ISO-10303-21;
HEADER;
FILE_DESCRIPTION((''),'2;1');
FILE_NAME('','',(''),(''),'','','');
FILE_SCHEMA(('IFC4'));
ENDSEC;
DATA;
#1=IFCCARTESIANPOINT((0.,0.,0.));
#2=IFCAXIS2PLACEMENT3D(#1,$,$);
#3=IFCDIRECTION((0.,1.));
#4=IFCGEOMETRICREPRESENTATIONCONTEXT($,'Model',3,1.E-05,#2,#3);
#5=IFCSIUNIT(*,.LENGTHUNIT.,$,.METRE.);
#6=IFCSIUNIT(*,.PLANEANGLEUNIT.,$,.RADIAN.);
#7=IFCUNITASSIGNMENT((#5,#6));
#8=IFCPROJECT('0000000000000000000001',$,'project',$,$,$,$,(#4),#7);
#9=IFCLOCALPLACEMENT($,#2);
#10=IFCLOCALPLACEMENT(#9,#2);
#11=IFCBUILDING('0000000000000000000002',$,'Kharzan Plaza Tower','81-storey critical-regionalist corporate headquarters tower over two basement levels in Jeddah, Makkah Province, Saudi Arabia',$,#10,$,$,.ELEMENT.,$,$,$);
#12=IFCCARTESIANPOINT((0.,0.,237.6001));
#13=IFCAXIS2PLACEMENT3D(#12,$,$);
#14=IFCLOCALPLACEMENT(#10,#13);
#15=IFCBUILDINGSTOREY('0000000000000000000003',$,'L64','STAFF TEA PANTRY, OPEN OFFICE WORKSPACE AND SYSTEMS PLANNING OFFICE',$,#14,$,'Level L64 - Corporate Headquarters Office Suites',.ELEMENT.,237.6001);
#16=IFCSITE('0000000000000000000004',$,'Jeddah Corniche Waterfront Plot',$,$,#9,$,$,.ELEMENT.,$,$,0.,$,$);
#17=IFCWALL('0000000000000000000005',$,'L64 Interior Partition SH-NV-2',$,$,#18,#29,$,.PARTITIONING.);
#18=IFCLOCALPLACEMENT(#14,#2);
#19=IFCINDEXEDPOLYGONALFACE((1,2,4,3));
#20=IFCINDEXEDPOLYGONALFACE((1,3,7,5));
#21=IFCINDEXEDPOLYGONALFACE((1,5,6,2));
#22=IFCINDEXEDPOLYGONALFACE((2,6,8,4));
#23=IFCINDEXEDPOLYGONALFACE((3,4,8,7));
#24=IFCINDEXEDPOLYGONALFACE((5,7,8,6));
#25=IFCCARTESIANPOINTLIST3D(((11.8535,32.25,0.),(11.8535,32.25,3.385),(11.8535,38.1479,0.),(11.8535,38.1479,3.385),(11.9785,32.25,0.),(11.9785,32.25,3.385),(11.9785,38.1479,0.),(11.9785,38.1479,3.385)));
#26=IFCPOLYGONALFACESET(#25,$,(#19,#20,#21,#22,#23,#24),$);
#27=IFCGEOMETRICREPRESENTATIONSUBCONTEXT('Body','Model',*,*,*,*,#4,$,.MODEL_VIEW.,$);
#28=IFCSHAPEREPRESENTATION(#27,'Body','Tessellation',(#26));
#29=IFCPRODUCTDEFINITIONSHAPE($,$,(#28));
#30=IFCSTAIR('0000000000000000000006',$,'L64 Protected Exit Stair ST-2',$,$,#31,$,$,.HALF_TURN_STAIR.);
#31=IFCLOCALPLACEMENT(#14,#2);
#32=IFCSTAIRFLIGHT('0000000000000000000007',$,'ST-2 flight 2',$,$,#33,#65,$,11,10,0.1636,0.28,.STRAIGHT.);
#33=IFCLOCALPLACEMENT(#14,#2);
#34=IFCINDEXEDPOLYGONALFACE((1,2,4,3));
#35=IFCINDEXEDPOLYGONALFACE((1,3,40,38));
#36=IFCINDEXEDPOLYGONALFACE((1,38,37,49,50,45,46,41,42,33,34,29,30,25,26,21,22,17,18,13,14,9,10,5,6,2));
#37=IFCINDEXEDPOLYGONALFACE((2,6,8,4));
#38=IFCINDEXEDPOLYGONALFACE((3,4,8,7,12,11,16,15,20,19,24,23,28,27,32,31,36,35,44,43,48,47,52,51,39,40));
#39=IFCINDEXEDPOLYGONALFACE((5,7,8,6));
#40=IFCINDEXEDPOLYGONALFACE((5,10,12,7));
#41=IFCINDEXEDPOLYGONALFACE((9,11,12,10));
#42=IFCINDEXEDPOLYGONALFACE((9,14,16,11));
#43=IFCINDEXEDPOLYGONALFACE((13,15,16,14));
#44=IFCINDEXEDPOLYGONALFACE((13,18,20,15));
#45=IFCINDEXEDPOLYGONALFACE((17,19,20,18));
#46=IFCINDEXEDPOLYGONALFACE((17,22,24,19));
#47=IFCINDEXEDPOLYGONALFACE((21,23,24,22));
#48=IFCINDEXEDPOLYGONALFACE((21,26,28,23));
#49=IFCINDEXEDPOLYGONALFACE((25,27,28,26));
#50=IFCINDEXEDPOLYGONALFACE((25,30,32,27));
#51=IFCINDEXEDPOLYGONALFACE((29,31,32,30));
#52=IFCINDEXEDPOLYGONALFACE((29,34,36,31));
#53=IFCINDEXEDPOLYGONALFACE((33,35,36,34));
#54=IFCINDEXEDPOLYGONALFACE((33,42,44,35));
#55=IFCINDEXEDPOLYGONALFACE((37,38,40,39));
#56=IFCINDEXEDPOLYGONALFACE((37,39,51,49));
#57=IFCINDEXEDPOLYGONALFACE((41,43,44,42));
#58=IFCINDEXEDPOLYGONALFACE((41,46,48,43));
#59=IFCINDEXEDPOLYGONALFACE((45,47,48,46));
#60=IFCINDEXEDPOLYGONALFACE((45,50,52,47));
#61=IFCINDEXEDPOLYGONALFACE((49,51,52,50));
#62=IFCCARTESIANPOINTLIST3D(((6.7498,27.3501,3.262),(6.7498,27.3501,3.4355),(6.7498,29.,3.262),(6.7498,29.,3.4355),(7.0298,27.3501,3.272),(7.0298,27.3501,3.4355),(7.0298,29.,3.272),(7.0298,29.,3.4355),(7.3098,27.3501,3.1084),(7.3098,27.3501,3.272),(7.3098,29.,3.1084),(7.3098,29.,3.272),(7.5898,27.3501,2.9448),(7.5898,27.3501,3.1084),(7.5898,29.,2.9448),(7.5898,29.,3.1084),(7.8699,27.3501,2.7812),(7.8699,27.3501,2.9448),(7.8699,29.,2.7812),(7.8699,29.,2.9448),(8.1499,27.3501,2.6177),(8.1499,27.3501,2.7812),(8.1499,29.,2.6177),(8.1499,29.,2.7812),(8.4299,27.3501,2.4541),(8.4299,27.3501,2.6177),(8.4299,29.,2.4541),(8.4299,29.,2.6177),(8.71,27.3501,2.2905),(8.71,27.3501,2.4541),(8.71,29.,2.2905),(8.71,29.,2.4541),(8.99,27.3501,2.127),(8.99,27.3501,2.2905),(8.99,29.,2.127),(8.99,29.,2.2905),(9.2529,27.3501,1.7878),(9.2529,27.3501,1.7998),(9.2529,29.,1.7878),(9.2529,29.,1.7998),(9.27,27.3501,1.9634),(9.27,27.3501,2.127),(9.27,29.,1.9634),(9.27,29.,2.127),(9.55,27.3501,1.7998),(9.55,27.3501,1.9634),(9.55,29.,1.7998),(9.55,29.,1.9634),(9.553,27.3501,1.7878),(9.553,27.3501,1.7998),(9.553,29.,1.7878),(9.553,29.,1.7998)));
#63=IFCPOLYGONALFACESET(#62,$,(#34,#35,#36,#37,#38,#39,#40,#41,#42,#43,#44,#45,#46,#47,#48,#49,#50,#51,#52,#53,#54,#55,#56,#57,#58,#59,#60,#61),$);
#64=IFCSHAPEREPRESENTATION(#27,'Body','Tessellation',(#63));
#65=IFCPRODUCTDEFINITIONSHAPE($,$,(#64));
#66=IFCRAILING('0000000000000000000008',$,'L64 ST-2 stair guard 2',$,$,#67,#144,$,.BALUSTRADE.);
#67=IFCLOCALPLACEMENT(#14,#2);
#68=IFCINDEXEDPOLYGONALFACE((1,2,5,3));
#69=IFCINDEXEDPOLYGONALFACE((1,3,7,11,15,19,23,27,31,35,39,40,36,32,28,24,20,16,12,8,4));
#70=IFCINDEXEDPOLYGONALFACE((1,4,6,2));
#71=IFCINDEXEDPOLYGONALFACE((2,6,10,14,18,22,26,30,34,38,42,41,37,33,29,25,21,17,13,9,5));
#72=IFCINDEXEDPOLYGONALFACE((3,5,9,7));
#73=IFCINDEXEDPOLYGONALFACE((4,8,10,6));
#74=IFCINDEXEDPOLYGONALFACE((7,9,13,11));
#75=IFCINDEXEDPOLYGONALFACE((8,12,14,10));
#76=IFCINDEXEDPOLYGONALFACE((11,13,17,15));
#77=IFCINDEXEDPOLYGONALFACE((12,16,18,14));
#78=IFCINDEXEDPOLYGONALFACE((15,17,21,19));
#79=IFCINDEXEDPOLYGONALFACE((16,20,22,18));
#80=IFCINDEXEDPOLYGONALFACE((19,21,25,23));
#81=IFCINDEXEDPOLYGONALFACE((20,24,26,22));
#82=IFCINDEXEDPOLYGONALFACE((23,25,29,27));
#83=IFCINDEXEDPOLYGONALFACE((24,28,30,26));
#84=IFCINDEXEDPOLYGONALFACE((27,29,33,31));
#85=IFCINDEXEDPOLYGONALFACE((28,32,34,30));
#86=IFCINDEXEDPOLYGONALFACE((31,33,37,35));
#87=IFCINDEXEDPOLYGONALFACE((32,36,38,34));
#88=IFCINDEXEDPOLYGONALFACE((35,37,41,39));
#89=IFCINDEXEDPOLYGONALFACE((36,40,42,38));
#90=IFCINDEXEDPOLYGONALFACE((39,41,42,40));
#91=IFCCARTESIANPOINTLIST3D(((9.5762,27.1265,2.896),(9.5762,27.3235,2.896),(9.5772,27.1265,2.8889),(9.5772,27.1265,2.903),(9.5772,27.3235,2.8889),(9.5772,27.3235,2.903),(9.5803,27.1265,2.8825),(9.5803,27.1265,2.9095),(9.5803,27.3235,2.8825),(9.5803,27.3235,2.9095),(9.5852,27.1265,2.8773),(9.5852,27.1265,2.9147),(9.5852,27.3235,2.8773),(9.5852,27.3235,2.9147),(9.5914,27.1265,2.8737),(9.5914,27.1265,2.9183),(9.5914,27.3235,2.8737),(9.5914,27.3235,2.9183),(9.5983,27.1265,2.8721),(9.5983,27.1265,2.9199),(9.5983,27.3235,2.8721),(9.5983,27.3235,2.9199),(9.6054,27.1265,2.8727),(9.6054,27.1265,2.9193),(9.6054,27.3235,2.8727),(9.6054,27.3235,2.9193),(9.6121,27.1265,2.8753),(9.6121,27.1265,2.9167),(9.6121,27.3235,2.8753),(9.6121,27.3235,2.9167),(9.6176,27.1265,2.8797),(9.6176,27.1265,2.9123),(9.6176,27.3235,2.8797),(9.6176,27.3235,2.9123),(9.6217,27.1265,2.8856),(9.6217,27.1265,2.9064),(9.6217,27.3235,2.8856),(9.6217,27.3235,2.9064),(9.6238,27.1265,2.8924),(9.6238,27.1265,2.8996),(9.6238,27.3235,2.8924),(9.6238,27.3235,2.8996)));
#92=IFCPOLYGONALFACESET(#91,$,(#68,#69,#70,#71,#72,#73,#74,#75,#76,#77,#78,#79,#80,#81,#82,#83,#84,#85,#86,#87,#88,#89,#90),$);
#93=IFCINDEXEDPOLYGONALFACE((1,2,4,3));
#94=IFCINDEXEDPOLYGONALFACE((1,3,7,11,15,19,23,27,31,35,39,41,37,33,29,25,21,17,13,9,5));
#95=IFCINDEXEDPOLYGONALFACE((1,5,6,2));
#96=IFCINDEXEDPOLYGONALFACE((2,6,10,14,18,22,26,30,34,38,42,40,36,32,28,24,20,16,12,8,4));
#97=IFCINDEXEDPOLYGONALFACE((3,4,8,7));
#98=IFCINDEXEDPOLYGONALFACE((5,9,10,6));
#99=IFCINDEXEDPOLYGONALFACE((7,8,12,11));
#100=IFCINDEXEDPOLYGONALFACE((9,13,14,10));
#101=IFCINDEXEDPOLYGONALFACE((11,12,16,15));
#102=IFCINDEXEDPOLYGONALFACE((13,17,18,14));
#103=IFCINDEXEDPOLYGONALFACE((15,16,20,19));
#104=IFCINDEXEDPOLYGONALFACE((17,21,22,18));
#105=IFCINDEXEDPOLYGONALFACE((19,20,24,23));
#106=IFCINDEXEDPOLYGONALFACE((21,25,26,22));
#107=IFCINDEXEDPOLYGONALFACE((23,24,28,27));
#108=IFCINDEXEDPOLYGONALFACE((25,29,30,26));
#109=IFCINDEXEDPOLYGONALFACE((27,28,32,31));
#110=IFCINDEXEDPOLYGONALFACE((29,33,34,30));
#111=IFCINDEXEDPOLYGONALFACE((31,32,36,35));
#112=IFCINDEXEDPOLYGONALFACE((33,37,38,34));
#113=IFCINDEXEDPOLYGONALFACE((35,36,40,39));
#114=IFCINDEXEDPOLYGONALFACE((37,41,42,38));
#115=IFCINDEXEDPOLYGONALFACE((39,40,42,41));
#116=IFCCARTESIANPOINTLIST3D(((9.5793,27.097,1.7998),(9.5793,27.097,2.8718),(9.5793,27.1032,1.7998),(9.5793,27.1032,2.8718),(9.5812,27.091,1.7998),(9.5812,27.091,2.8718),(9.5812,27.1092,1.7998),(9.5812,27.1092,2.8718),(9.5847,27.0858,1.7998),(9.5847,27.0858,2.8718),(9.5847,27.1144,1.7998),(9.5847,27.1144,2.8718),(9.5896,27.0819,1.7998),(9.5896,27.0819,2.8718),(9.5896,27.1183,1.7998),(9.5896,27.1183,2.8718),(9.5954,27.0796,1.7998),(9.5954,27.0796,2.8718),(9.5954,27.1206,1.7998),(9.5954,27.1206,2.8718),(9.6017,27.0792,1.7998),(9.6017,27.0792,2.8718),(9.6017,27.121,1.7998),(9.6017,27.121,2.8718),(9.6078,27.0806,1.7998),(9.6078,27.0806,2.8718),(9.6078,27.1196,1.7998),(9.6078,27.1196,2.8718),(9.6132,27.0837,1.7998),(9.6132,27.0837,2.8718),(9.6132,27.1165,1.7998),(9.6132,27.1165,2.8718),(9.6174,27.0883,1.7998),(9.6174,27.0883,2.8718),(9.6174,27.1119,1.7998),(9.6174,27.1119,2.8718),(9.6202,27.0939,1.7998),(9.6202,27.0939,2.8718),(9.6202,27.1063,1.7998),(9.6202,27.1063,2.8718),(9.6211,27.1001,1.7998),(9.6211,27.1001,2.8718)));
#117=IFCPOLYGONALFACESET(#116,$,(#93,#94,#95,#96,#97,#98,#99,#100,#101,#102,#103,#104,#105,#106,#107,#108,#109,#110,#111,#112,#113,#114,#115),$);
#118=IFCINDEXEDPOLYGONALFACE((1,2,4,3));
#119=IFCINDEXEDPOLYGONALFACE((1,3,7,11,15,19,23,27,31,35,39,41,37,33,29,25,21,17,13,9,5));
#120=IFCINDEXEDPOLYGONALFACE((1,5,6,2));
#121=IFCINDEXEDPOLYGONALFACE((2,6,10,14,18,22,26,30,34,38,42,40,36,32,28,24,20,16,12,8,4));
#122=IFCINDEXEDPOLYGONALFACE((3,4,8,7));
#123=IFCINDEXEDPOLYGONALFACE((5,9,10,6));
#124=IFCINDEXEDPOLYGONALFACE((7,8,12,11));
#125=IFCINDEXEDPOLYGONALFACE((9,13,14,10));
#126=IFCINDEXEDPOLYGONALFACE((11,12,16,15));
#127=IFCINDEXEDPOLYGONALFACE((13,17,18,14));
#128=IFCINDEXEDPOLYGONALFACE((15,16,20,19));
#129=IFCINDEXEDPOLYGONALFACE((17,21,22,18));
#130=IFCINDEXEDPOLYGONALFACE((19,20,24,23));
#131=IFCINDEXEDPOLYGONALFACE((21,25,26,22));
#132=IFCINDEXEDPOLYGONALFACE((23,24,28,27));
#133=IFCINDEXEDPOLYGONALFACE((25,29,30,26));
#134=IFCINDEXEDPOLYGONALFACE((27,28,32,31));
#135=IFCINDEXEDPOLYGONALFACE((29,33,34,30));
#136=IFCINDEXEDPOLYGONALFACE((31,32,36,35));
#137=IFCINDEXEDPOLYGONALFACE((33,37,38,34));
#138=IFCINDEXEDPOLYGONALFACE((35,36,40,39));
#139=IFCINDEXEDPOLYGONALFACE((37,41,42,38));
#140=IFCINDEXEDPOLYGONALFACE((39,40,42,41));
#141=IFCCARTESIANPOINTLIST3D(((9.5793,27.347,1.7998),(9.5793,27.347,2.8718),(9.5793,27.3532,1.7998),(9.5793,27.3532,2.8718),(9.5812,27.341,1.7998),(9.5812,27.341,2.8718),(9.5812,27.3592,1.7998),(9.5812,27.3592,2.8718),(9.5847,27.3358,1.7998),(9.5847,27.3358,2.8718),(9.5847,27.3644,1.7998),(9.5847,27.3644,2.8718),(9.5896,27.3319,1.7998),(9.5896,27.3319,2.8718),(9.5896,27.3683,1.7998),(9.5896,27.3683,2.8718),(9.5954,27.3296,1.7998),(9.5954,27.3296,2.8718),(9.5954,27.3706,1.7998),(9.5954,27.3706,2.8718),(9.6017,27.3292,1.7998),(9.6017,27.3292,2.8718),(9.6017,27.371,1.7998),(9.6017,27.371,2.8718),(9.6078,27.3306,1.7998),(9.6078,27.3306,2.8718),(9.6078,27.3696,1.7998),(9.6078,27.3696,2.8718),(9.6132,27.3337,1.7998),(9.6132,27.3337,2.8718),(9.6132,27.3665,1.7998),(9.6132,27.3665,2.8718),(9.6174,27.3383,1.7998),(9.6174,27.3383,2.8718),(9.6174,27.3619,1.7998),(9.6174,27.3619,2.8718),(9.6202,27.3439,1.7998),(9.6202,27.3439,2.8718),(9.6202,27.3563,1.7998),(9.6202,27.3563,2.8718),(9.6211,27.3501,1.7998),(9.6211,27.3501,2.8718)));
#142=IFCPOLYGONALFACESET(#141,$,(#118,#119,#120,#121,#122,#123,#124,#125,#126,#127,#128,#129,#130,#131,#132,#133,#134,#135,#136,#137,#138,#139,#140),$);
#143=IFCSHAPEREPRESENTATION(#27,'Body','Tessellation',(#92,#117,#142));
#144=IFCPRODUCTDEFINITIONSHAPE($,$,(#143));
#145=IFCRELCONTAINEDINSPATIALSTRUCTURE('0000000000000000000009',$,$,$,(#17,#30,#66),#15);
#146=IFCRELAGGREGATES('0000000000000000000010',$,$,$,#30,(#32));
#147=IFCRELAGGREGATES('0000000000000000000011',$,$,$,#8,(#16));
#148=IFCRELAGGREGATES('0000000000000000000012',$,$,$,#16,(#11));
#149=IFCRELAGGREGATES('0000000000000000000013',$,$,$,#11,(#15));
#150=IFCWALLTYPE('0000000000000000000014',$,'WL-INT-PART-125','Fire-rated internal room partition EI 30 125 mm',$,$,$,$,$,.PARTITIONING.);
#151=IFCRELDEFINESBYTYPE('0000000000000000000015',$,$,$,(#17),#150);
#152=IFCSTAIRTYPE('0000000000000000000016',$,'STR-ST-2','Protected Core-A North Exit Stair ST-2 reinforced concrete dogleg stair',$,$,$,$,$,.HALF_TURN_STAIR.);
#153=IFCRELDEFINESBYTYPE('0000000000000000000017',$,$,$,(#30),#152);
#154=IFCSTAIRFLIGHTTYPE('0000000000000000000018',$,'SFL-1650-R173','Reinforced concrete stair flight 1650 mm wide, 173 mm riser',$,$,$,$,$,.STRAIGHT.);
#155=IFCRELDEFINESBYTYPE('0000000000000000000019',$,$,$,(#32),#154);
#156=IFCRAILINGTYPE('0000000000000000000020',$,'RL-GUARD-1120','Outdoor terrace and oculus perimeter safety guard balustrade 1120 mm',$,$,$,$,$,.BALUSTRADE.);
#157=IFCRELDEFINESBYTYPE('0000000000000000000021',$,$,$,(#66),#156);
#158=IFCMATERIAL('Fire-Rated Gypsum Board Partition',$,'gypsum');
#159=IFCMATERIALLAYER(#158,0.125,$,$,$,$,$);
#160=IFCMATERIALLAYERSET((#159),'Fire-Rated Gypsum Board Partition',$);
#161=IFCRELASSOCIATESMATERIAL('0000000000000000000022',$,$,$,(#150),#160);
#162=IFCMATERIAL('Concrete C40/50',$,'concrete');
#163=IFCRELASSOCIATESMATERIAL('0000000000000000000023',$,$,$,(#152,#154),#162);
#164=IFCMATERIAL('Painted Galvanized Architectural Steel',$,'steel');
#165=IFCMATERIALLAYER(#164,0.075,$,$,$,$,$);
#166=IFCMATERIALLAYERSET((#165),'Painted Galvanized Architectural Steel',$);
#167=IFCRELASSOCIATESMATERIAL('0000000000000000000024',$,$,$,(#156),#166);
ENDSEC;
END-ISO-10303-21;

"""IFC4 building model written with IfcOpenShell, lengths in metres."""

from ifc_helpers import new_model, si_unit, direction, frame, frame_2d, origin, origin_2d, place, context, subcontext, project, spatial, polyline, rectangle, circle, outline, extrude, source, transform, mapped, material, layer, layer_set, type_object, element, aggregate, save


model = new_model("IFC4")

# Units and contexts
model_context = context("Model", 3, precision=1e-05, world=origin(), true_north=direction((0.0, 1.0)))
body_context = subcontext(model_context, "Body", "Model", "MODEL_VIEW")
ifc_project = project(units=[si_unit("LENGTHUNIT", "METRE"), si_unit("PLANEANGLEUNIT", "RADIAN")], contexts=[model_context])

# Site, building, storey
site_placement = place(None, origin())
site = spatial("IfcSite", under=ifc_project, at=site_placement, Name="Jeddah Corniche Waterfront Plot", CompositionType="ELEMENT", RefElevation=0.0)
building_placement = place(site_placement, origin())
building = spatial("IfcBuilding", under=site, at=building_placement, Name="Kharzan Plaza Tower", Description="81-storey critical-regionalist corporate headquarters tower over two basement levels in Jeddah, Makkah Province, Saudi Arabia", CompositionType="ELEMENT")
storey_placement = place(building_placement, frame((0.0, 0.0, 237.6001)))
storey = spatial("IfcBuildingStorey", under=building, at=storey_placement, Name="L64", Description="STAFF TEA PANTRY, OPEN OFFICE WORKSPACE AND SYSTEMS PLANNING OFFICE", LongName="Level L64 - Corporate Headquarters Office Suites", CompositionType="ELEMENT", Elevation=237.6001)

# Shared definitions
ifc_material_1 = material(Name="Concrete C40/50", Category="concrete")

# Shared definitions
ifc_material_2 = material(Name="Fire-Rated Gypsum Board Partition", Category="gypsum")
ifc_layer_1 = layer(ifc_material_2, 0.125)
ifc_layer_set_1 = layer_set([ifc_layer_1], Name="Fire-Rated Gypsum Board Partition")
wall_type_1 = type_object("IfcWallType", Name="WL-INT-PART-125", Description="Fire-rated internal room partition EI 30 125 mm", PredefinedType="PARTITIONING", material=ifc_layer_set_1)

# Wall
shared_shape_1 = source(origin(), body_context, "Body", "SweptSolid", [
    extrude(rectangle(XDim=5.8979, YDim=0.125, at=frame_2d((2.949, 0.0))), origin(), (0.0, 0.0, 1.0), 3.385),
])
for number, where, z_axis, x_axis, name in (
    (1, (11.916, 32.25, 0.0), (0.0, 0.0, 1.0), (0.0, 1.0, 0.0), "L64 Interior Partition SH-NV-2"),
):
    element("IfcWall", number, at=place(storey_placement, frame(where, z_axis=z_axis, x_axis=x_axis)), inside=storey, type_object=wall_type_1, Name=name, PredefinedType="PARTITIONING", context=body_context, shape_type="MappedRepresentation", body=[
        mapped(shared_shape_1, transform((0.0, 0.0, 0.0), x_axis=(1.0, 0.0, 0.0), y_axis=(0.0, 1.0, 0.0), z_axis=(0.0, 0.0, 1.0))),
    ])

# Stair, stair flight
stair_type = type_object("IfcStairType", Name="STR-ST-2", Description="Protected Core-A North Exit Stair ST-2 reinforced concrete dogleg stair", PredefinedType="HALF_TURN_STAIR", material=ifc_material_1)
stair_placement = place(storey_placement, origin())
stair = element("IfcStair", 2, at=stair_placement, inside=storey, type_object=stair_type, Name="L64 Protected Exit Stair ST-2", PredefinedType="HALF_TURN_STAIR")
stair_flight_type = type_object("IfcStairFlightType", Name="SFL-1650-R173", Description="Reinforced concrete stair flight 1650 mm wide, 173 mm riser", PredefinedType="STRAIGHT", material=ifc_material_1)
shared_shape_2 = source(origin(), body_context, "Body", "SweptSolid", [
    extrude(outline(polyline([(-0.0029, -0.012), (-0.0029, 0.0), (0.0, 0.0), (0.0, 0.1636), (0.28, 0.1636), (0.28, 0.3271), (0.5601, 0.3271), (0.5601, 0.4907), (0.8401, 0.4907), (0.8401, 0.6543), (1.1201, 0.6543), (1.1201, 0.8179), (1.4001, 0.8179), (1.4001, 0.9814), (1.6802, 0.9814), (1.6802, 1.145), (1.9602, 1.145), (1.9602, 1.3086), (2.2402, 1.3086), (2.2402, 1.4722), (2.5203, 1.4722), (2.5203, 1.6357), (2.8003, 1.6357), (2.8003, 1.7993), (2.8003, 1.4622), (0.2971, 0.0), (0.2971, -0.012), (-0.0029, -0.012)])), frame((0.0, 0.825, 0.0), z_axis=(0.0, -1.0, 0.0), x_axis=(1.0, 0.0, 0.0)), (0.0, 0.0, 1.0), 1.6499),
])
stair_flight_placement = place(storey_placement, frame((9.55, 28.175, 1.7998), z_axis=(0.0, 0.0, 1.0), x_axis=(-1.0, 0.0, 0.0)))
stair_flight = element("IfcStairFlight", 3, at=stair_flight_placement, type_object=stair_flight_type, Name="ST-2 flight 2", NumberOfRisers=11, NumberOfTreads=10, PredefinedType="STRAIGHT", RiserHeight=0.1636, TreadLength=0.28, context=body_context, shape_type="MappedRepresentation", body=[
    mapped(shared_shape_2, transform((0.0, 0.0, 0.0), x_axis=(1.0, 0.0, 0.0), y_axis=(0.0, 1.0, 0.0), z_axis=(0.0, 0.0, 1.0))),
])
aggregate(stair, [stair_flight])

# Railing
ifc_material_3 = material(Name="Painted Galvanized Architectural Steel", Category="steel")
ifc_layer_2 = layer(ifc_material_3, 0.075)
ifc_layer_set_2 = layer_set([ifc_layer_2], Name="Painted Galvanized Architectural Steel")
railing_type_1 = type_object("IfcRailingType", Name="RL-GUARD-1120", Description="Outdoor terrace and oculus perimeter safety guard balustrade 1120 mm", PredefinedType="BALUSTRADE", material=ifc_layer_set_2)
shared_shape_3 = source(origin(), body_context, "Body", "SweptSolid", [
    extrude(circle(Radius=0.0239, at=origin_2d()), frame((0.0, 0.0264, 1.0962), z_axis=(0.0, 1.0, 0.0), x_axis=(-1.0, 0.0, 0.0)), (0.0, 0.0, 1.0), 0.197),
    extrude(circle(Radius=0.021, at=origin_2d()), origin(), (0.0, 0.0, 1.0), 1.072),
    extrude(circle(Radius=0.021, at=origin_2d()), frame((0.0, 0.25, 0.0)), (0.0, 0.0, 1.0), 1.072),
])
for number, where, name in (
    (4, (9.6001, 27.1001, 1.7998), "L64 ST-2 stair guard 2"),
):
    element("IfcRailing", number, at=place(storey_placement, frame(where)), inside=storey, type_object=railing_type_1, Name=name, PredefinedType="BALUSTRADE", context=body_context, shape_type="MappedRepresentation", body=[
        mapped(shared_shape_3, transform((0.0, 0.0, 0.0), x_axis=(1.0, 0.0, 0.0), y_axis=(0.0, 1.0, 0.0), z_axis=(0.0, 0.0, 1.0))),
    ])

save(model, "model.ifc")
